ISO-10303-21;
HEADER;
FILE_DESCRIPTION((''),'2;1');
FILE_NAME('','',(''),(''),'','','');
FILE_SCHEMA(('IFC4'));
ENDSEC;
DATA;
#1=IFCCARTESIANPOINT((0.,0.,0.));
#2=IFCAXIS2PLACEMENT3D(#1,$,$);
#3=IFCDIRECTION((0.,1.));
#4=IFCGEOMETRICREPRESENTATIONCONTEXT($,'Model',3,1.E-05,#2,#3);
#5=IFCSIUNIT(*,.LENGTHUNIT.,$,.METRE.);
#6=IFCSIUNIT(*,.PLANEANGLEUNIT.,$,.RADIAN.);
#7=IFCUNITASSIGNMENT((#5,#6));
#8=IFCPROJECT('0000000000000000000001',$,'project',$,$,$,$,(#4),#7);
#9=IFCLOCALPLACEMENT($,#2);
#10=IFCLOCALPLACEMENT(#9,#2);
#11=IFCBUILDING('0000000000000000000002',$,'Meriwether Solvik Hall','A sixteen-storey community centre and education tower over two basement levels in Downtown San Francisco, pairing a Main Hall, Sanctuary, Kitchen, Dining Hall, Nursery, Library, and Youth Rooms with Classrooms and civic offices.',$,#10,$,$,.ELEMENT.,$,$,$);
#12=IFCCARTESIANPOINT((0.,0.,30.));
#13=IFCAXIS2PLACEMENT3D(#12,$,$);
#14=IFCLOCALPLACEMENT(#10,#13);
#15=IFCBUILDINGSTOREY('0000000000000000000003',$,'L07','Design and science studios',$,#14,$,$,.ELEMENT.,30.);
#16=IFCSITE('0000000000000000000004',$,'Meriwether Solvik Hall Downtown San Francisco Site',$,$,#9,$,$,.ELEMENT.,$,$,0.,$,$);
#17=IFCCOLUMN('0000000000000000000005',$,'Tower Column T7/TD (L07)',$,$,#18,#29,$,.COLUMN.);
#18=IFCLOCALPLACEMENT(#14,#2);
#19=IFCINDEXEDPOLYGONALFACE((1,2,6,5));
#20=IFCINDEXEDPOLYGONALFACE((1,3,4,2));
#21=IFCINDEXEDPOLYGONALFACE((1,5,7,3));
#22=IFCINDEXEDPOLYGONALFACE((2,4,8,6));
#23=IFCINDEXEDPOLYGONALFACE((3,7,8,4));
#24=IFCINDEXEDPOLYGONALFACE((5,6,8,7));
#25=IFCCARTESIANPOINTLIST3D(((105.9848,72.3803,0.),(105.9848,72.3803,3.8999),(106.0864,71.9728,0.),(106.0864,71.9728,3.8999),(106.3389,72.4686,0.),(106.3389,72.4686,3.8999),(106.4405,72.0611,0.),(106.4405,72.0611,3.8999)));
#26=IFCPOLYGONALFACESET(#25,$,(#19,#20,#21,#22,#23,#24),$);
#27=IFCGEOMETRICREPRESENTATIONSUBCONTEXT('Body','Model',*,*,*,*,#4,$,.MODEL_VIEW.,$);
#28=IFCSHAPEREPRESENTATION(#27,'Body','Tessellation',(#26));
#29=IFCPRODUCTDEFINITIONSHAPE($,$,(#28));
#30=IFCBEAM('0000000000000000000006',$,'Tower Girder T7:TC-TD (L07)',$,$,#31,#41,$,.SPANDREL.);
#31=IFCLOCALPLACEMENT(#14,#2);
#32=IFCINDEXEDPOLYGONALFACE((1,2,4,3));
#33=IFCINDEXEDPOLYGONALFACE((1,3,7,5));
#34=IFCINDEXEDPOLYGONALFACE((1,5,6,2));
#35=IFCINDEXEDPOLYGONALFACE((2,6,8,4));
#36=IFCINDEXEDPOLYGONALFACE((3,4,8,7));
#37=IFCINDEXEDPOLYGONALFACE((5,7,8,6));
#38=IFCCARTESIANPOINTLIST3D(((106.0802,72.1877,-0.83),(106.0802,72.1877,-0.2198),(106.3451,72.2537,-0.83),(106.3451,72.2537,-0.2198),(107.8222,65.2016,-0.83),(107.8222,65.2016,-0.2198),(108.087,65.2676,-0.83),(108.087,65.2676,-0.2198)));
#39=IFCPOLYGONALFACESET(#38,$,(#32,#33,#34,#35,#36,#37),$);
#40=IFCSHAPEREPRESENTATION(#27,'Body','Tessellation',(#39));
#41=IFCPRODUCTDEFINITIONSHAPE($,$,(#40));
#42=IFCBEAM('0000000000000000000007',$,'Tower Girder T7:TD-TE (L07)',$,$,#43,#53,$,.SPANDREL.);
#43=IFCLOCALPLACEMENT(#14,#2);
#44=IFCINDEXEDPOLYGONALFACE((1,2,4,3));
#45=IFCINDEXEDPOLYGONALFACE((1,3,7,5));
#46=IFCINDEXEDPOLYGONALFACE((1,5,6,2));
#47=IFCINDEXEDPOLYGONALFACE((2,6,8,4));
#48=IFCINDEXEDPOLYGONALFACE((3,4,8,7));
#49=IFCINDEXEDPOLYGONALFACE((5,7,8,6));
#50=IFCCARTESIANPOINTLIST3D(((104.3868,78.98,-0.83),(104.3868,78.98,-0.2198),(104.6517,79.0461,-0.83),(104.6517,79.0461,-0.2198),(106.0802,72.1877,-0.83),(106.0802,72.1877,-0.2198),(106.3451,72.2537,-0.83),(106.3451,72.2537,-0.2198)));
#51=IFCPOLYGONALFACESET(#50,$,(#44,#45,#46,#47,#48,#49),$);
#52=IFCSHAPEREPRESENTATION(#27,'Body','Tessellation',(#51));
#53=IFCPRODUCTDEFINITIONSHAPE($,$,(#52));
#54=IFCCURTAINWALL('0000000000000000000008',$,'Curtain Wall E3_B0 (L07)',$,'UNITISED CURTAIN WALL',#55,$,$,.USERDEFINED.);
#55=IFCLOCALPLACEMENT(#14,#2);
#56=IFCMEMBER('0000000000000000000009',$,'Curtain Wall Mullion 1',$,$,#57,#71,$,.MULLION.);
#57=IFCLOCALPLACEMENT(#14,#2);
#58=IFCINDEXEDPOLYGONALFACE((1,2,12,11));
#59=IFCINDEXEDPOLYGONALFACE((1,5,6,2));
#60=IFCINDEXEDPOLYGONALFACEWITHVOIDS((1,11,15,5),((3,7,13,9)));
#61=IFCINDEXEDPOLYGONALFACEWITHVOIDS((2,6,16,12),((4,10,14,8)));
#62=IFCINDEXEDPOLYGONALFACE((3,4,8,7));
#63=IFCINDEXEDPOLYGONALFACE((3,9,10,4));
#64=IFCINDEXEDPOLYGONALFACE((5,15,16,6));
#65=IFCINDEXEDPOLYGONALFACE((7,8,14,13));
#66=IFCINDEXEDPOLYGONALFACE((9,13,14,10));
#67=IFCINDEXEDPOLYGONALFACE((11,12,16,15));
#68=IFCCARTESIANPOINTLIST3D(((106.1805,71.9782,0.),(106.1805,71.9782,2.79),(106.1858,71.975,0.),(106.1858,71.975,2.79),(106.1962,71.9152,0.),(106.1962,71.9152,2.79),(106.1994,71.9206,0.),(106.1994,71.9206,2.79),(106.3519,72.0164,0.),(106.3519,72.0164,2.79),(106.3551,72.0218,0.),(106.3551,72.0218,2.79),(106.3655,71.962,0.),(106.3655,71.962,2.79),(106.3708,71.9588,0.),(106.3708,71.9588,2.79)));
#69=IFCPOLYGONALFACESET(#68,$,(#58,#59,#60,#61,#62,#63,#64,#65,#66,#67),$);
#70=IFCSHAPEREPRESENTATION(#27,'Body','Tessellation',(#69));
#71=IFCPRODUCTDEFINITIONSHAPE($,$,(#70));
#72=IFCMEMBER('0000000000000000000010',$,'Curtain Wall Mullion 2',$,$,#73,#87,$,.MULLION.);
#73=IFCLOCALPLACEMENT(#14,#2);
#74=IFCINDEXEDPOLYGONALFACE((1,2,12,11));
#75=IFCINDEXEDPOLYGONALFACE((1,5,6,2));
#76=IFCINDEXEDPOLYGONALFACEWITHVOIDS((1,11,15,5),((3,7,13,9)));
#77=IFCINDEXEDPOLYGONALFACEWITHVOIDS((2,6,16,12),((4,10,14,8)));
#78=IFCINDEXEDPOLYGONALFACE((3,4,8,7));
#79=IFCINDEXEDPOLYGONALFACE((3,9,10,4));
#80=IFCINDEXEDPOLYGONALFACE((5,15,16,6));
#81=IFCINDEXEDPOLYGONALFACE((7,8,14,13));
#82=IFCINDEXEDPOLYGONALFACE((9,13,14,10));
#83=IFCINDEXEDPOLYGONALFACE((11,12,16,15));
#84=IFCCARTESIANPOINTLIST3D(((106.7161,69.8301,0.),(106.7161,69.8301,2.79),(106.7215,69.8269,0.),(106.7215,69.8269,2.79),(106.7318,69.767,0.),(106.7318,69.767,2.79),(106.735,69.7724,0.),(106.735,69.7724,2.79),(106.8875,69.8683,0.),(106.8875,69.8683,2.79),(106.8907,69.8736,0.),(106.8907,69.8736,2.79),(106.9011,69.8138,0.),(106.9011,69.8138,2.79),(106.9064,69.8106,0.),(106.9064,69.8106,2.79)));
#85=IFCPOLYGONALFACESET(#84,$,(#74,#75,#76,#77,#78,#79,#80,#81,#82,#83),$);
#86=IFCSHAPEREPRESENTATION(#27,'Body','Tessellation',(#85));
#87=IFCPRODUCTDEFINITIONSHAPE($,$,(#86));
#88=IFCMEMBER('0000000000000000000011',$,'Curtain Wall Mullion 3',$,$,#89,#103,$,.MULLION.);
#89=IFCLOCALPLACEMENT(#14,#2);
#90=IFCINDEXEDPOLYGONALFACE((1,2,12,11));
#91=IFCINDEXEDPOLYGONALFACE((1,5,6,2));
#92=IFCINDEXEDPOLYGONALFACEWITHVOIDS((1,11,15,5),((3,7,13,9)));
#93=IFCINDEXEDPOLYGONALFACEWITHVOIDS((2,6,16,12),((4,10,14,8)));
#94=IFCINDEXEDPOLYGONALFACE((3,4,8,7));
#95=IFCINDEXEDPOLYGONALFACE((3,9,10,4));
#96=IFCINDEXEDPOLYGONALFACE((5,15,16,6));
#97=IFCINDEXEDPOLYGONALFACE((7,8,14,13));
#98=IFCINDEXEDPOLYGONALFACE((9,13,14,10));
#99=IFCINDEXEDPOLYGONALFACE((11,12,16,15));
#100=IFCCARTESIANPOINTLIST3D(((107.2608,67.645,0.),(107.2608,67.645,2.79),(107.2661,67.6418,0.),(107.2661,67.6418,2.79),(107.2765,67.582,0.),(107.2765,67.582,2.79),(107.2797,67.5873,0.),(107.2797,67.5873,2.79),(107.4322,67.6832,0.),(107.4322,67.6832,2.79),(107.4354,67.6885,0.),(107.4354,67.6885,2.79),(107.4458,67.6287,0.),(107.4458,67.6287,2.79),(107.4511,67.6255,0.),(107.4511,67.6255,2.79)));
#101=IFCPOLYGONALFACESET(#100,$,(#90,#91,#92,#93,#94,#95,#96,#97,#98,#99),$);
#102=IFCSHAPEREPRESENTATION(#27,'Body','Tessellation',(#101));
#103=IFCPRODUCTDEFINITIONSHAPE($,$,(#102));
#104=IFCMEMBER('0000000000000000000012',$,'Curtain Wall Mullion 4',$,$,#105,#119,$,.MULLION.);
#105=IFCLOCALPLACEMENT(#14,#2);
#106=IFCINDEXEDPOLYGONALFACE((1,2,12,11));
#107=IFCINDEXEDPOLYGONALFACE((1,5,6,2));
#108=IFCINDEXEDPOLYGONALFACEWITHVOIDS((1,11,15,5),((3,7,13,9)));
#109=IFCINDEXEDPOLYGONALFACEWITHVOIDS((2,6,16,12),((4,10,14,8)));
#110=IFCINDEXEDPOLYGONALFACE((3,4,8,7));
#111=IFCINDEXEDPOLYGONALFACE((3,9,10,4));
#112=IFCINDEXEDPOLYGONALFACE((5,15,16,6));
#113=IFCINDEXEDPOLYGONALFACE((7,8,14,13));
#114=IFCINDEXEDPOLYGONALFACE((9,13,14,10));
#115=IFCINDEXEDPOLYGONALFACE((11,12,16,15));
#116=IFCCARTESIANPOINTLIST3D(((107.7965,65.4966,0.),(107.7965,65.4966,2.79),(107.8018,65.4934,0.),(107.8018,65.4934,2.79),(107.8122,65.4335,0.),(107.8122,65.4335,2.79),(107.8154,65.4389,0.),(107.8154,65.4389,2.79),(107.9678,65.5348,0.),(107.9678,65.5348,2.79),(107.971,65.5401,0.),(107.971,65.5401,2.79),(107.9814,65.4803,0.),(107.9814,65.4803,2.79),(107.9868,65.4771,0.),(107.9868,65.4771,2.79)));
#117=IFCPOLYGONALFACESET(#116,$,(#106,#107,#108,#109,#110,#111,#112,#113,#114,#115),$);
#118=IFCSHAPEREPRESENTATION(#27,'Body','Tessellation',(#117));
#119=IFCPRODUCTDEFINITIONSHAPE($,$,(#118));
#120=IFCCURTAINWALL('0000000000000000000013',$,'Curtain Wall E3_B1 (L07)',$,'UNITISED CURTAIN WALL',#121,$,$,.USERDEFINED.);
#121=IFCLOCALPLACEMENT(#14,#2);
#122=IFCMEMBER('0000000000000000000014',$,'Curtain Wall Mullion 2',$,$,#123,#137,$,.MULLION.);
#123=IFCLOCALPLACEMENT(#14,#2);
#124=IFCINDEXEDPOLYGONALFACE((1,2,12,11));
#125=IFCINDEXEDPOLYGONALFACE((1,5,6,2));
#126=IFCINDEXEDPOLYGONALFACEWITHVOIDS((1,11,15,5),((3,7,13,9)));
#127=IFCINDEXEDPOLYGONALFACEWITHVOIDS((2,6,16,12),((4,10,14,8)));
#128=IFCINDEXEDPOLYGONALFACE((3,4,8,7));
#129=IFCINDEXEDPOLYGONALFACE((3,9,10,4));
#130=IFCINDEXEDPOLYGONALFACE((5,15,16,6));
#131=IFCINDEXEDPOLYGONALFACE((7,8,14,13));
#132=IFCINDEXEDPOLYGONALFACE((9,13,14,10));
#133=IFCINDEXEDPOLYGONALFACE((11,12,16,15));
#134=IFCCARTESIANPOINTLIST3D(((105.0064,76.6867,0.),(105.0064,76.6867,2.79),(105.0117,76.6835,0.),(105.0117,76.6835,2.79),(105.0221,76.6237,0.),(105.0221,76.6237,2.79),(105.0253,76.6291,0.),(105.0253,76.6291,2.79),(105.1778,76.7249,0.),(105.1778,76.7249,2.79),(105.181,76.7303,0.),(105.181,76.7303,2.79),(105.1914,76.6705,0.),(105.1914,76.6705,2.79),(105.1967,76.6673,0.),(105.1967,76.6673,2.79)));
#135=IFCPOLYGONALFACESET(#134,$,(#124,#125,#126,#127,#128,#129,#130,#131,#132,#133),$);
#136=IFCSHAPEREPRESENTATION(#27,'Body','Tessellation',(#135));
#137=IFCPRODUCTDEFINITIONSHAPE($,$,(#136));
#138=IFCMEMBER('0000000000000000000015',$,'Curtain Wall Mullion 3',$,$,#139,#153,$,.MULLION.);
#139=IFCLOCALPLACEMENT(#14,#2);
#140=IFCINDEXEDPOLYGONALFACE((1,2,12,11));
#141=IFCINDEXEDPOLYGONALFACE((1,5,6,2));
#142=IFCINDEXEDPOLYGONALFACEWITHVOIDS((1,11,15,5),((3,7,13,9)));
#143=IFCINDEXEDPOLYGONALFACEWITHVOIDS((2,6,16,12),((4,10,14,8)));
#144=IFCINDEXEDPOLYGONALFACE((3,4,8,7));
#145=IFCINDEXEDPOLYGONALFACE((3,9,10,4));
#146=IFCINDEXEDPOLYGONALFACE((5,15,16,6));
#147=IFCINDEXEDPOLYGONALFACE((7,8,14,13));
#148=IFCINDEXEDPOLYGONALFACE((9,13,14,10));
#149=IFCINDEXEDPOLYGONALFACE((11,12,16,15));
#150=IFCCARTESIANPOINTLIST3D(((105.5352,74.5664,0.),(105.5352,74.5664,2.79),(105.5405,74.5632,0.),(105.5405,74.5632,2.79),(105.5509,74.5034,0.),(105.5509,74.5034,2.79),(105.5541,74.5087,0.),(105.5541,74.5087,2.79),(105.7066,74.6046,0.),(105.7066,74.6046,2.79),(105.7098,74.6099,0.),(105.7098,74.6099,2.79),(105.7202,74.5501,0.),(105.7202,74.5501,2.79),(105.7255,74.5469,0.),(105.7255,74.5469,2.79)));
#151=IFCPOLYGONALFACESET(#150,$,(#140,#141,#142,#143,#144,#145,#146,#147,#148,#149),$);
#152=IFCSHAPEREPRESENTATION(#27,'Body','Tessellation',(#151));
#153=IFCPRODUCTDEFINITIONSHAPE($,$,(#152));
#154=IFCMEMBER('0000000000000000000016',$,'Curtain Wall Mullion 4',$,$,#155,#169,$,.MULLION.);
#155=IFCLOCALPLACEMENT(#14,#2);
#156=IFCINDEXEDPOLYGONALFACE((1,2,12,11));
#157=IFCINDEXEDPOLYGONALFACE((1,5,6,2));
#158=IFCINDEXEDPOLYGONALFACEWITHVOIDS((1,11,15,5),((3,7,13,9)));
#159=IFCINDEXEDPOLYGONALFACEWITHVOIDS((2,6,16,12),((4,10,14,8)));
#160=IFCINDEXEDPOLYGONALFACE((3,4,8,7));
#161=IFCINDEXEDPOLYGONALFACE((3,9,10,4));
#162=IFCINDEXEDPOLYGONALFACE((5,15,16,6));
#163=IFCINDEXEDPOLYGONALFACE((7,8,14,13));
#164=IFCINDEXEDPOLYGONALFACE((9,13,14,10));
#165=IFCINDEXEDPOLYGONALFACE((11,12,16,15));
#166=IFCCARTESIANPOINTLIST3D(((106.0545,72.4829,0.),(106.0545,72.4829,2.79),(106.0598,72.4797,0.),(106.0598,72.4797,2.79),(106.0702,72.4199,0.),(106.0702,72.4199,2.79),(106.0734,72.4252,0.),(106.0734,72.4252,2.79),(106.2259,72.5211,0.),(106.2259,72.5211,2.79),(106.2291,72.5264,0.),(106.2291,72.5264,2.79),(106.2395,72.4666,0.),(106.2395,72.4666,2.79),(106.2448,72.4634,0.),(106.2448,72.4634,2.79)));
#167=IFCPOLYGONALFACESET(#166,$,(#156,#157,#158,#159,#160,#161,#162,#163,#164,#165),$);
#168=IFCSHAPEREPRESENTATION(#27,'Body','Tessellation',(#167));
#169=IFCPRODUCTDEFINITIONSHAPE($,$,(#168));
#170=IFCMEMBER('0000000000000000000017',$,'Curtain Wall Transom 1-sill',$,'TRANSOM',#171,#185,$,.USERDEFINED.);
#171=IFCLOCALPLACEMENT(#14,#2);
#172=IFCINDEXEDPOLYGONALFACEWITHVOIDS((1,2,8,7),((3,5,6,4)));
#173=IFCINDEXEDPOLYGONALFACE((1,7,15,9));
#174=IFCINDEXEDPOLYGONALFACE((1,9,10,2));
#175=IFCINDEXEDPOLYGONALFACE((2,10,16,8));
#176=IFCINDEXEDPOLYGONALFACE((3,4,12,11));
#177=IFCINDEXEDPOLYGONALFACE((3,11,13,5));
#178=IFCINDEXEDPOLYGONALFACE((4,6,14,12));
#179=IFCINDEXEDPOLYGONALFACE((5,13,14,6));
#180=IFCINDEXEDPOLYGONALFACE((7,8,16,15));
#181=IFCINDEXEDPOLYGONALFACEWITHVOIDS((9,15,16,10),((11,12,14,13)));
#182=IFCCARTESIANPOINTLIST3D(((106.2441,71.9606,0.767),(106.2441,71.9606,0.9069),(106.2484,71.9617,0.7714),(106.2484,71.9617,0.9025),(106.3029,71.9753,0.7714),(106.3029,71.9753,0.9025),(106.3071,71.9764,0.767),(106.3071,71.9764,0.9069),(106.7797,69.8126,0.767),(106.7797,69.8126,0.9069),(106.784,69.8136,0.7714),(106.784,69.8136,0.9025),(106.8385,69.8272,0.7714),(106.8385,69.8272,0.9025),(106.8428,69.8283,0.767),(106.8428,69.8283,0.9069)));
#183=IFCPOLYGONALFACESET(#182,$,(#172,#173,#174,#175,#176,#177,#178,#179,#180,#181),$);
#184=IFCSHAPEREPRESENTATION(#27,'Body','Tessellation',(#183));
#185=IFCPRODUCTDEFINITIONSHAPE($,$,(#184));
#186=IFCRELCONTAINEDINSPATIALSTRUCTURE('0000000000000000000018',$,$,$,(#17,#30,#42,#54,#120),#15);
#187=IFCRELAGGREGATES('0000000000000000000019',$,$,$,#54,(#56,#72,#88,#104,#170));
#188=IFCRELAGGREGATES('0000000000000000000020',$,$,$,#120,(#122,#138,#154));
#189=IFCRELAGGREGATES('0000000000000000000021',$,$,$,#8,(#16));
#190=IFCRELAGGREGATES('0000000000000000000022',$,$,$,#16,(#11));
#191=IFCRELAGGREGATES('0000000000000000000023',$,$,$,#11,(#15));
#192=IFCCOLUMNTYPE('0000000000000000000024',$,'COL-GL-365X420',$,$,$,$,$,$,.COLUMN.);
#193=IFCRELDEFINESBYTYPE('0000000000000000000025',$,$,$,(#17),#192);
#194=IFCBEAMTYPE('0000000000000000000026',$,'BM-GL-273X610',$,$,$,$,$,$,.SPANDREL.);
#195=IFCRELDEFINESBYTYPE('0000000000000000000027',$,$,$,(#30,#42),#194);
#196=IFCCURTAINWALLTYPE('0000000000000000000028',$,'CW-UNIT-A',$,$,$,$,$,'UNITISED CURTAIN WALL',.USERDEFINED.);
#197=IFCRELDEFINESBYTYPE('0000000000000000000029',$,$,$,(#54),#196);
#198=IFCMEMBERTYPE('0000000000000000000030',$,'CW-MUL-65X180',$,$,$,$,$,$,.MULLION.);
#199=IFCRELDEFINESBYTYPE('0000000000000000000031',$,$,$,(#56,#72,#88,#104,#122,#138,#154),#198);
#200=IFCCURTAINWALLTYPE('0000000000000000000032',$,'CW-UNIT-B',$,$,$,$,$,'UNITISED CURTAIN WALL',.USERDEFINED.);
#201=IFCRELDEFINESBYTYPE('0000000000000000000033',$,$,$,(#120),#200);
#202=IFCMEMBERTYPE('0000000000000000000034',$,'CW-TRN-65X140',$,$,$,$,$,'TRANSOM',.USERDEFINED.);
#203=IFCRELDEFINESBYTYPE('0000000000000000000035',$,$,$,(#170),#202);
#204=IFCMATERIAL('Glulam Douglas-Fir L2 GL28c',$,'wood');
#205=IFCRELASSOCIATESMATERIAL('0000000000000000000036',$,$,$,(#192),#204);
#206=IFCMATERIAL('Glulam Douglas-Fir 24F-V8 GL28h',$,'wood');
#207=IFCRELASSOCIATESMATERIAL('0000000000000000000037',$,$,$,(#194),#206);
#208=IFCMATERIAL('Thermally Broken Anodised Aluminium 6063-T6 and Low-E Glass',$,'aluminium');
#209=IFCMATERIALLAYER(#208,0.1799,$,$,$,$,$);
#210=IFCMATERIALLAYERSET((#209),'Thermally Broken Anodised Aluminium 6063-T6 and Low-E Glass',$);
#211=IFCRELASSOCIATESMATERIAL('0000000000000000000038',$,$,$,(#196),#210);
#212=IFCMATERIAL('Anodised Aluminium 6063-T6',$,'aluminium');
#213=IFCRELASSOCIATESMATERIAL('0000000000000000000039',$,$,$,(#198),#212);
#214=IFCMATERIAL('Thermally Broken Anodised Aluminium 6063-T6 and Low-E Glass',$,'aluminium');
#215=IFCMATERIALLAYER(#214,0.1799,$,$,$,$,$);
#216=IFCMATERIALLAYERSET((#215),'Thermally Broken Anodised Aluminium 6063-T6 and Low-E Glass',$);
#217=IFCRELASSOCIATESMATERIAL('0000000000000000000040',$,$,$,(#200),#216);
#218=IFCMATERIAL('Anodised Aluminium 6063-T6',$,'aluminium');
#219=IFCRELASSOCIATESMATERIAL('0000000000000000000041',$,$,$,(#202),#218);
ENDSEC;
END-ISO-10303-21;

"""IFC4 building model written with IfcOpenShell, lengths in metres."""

from ifc_helpers import new_model, si_unit, direction, frame, origin, origin_2d, place, context, subcontext, project, spatial, rectangle, hollow_rectangle, extrude, material, layer, layer_set, material_profile, profile_set, type_object, element, aggregate, save


model = new_model("IFC4")

# Units and contexts
model_context = context("Model", 3, precision=1e-05, world=origin(), true_north=direction((0.0, 1.0)))
body_context = subcontext(model_context, "Body", "Model", "MODEL_VIEW")
ifc_project = project(units=[si_unit("LENGTHUNIT", "METRE"), si_unit("PLANEANGLEUNIT", "RADIAN")], contexts=[model_context])

# Site, building, storey
site_placement = place(None, origin())
site = spatial("IfcSite", under=ifc_project, at=site_placement, Name="Meriwether Solvik Hall Downtown San Francisco Site", CompositionType="ELEMENT", RefElevation=0.0)
building_placement = place(site_placement, origin())
building = spatial("IfcBuilding", under=site, at=building_placement, Name="Meriwether Solvik Hall", Description="A sixteen-storey community centre and education tower over two basement levels in Downtown San Francisco, pairing a Main Hall, Sanctuary, Kitchen, Dining Hall, Nursery, Library, and Youth Rooms with Classrooms and civic offices.", CompositionType="ELEMENT")
storey_placement = place(building_placement, frame((0.0, 0.0, 30.0)))
storey = spatial("IfcBuildingStorey", under=building, at=storey_placement, Name="L07", Description="Design and science studios", CompositionType="ELEMENT", Elevation=30.0)

# Column
ifc_material_1 = material(Name="Glulam Douglas-Fir L2 GL28c", Category="wood")
ifc_material_profile_1 = material_profile(ifc_material_1, rectangle(XDim=0.365, YDim=0.4199, at=origin_2d()), Name="GLC-365X420")
ifc_profile_set_1 = profile_set([ifc_material_profile_1], Name="Glulam Douglas-Fir L2 GL28c")
column_type = type_object("IfcColumnType", Name="COL-GL-365X420", PredefinedType="COLUMN", material=ifc_profile_set_1)
column_placement = place(storey_placement, frame((106.2126, 72.2207, 0.0), z_axis=(0.0, 0.0, 1.0), x_axis=(0.970296, 0.241922, 0.0)))
element("IfcColumn", 1, at=column_placement, inside=storey, type_object=column_type, Name="Tower Column T7/TD (L07)", PredefinedType="COLUMN", context=body_context, shape_type="SweptSolid", body=[
    extrude(rectangle(XDim=0.365, YDim=0.4199, at=origin_2d()), origin(), (0.0, 0.0, 1.0), 3.8999),
])

# Beams
ifc_material_2 = material(Name="Glulam Douglas-Fir 24F-V8 GL28h", Category="wood")
ifc_material_profile_2 = material_profile(ifc_material_2, rectangle(XDim=0.2729, YDim=0.6101, at=origin_2d()), Name="GLB-273X610")
ifc_profile_set_2 = profile_set([ifc_material_profile_2], Name="Glulam Douglas-Fir 24F-V8 GL28h")
beam_type_1 = type_object("IfcBeamType", Name="BM-GL-273X610", PredefinedType="SPANDREL", material=ifc_profile_set_2)
beam_1_placement = place(storey_placement, frame((107.9546, 65.2346, -0.5249), z_axis=(-0.241937, 0.970292, 0.0), x_axis=(-0.970292, -0.241937, 0.0)))
element("IfcBeam", 2, at=beam_1_placement, inside=storey, type_object=beam_type_1, Name="Tower Girder T7:TC-TD (L07)", PredefinedType="SPANDREL", context=body_context, shape_type="SweptSolid", body=[
    extrude(rectangle(XDim=0.2729, YDim=0.6101, at=origin_2d()), origin(), (0.0, 0.0, 1.0), 7.2),
])
beam_2_placement = place(storey_placement, frame((106.2126, 72.2207, -0.5249), z_axis=(-0.241904, 0.9703, 0.0), x_axis=(-0.9703, -0.241904, 0.0)))
element("IfcBeam", 3, at=beam_2_placement, inside=storey, type_object=beam_type_1, Name="Tower Girder T7:TD-TE (L07)", PredefinedType="SPANDREL", context=body_context, shape_type="SweptSolid", body=[
    extrude(rectangle(XDim=0.2729, YDim=0.6101, at=origin_2d()), origin(), (0.0, 0.0, 1.0), 7.0002),
])

# Curtain walls, members
ifc_material_3 = material(Name="Thermally Broken Anodised Aluminium 6063-T6 and Low-E Glass", Category="aluminium")
ifc_layer_1 = layer(ifc_material_3, 0.1799)
ifc_layer_set_1 = layer_set([ifc_layer_1], Name="Thermally Broken Anodised Aluminium 6063-T6 and Low-E Glass")
curtain_wall_type_1 = type_object("IfcCurtainWallType", Name="CW-UNIT-A", ElementType="UNITISED CURTAIN WALL", PredefinedType="USERDEFINED", material=ifc_layer_set_1)
curtain_wall_1_placement = place(storey_placement, origin())
curtain_wall_1 = element("IfcCurtainWall", 4, at=curtain_wall_1_placement, inside=storey, type_object=curtain_wall_type_1, Name="Curtain Wall E3_B0 (L07)", ObjectType="UNITISED CURTAIN WALL", PredefinedType="USERDEFINED")
ifc_material_4 = material(Name="Anodised Aluminium 6063-T6", Category="aluminium")
ifc_material_profile_3 = material_profile(ifc_material_4, hollow_rectangle(XDim=0.0649, YDim=0.1799, WallThickness=0.0044, at=origin_2d()), Name="CWM-65X180")
ifc_profile_set_3 = profile_set([ifc_material_profile_3], Name="Anodised Aluminium 6063-T6")
member_type_1 = type_object("IfcMemberType", Name="CW-MUL-65X180", PredefinedType="MULLION", material=ifc_profile_set_3)
member_1_placement = place(storey_placement, frame((106.2756, 71.9685, 0.0), z_axis=(0.0, 0.0, 1.0), x_axis=(0.241922, -0.970296, 0.0)))
member_1 = element("IfcMember", 5, at=member_1_placement, type_object=member_type_1, Name="Curtain Wall Mullion 1", PredefinedType="MULLION", context=body_context, shape_type="SweptSolid", body=[
    extrude(hollow_rectangle(XDim=0.0649, YDim=0.1799, WallThickness=0.0044, at=origin_2d()), origin(), (0.0, 0.0, 1.0), 2.79),
])
member_2_placement = place(storey_placement, frame((106.8113, 69.8203, 0.0), z_axis=(0.0, 0.0, 1.0), x_axis=(0.241922, -0.970296, 0.0)))
member_2 = element("IfcMember", 6, at=member_2_placement, type_object=member_type_1, Name="Curtain Wall Mullion 2", PredefinedType="MULLION", context=body_context, shape_type="SweptSolid", body=[
    extrude(hollow_rectangle(XDim=0.0649, YDim=0.1799, WallThickness=0.0044, at=origin_2d()), origin(), (0.0, 0.0, 1.0), 2.79),
])
member_3_placement = place(storey_placement, frame((107.356, 67.6353, 0.0), z_axis=(0.0, 0.0, 1.0), x_axis=(0.241922, -0.970296, 0.0)))
member_3 = element("IfcMember", 7, at=member_3_placement, type_object=member_type_1, Name="Curtain Wall Mullion 3", PredefinedType="MULLION", context=body_context, shape_type="SweptSolid", body=[
    extrude(hollow_rectangle(XDim=0.0649, YDim=0.1799, WallThickness=0.0044, at=origin_2d()), origin(), (0.0, 0.0, 1.0), 2.79),
])
member_4_placement = place(storey_placement, frame((107.8916, 65.4868, 0.0), z_axis=(0.0, 0.0, 1.0), x_axis=(0.241922, -0.970296, 0.0)))
member_4 = element("IfcMember", 8, at=member_4_placement, type_object=member_type_1, Name="Curtain Wall Mullion 4", PredefinedType="MULLION", context=body_context, shape_type="SweptSolid", body=[
    extrude(hollow_rectangle(XDim=0.0649, YDim=0.1799, WallThickness=0.0044, at=origin_2d()), origin(), (0.0, 0.0, 1.0), 2.79),
])
ifc_material_5 = material(Name="Thermally Broken Anodised Aluminium 6063-T6 and Low-E Glass", Category="aluminium")
ifc_layer_2 = layer(ifc_material_5, 0.1799)
ifc_layer_set_2 = layer_set([ifc_layer_2], Name="Thermally Broken Anodised Aluminium 6063-T6 and Low-E Glass")
curtain_wall_type_2 = type_object("IfcCurtainWallType", Name="CW-UNIT-B", ElementType="UNITISED CURTAIN WALL", PredefinedType="USERDEFINED", material=ifc_layer_set_2)
curtain_wall_2_placement = place(storey_placement, origin())
curtain_wall_2 = element("IfcCurtainWall", 9, at=curtain_wall_2_placement, inside=storey, type_object=curtain_wall_type_2, Name="Curtain Wall E3_B1 (L07)", ObjectType="UNITISED CURTAIN WALL", PredefinedType="USERDEFINED")
member_5_placement = place(storey_placement, frame((105.1016, 76.677, 0.0), z_axis=(0.0, 0.0, 1.0), x_axis=(0.241922, -0.970296, 0.0)))
member_5 = element("IfcMember", 10, at=member_5_placement, type_object=member_type_1, Name="Curtain Wall Mullion 2", PredefinedType="MULLION", context=body_context, shape_type="SweptSolid", body=[
    extrude(hollow_rectangle(XDim=0.0649, YDim=0.1799, WallThickness=0.0044, at=origin_2d()), origin(), (0.0, 0.0, 1.0), 2.79),
])
member_6_placement = place(storey_placement, frame((105.6304, 74.5566, 0.0), z_axis=(0.0, 0.0, 1.0), x_axis=(0.241922, -0.970296, 0.0)))
member_6 = element("IfcMember", 11, at=member_6_placement, type_object=member_type_1, Name="Curtain Wall Mullion 3", PredefinedType="MULLION", context=body_context, shape_type="SweptSolid", body=[
    extrude(hollow_rectangle(XDim=0.0649, YDim=0.1799, WallThickness=0.0044, at=origin_2d()), origin(), (0.0, 0.0, 1.0), 2.79),
])
member_7_placement = place(storey_placement, frame((106.1497, 72.4731, 0.0), z_axis=(0.0, 0.0, 1.0), x_axis=(0.241922, -0.970296, 0.0)))
member_7 = element("IfcMember", 12, at=member_7_placement, type_object=member_type_1, Name="Curtain Wall Mullion 4", PredefinedType="MULLION", context=body_context, shape_type="SweptSolid", body=[
    extrude(hollow_rectangle(XDim=0.0649, YDim=0.1799, WallThickness=0.0044, at=origin_2d()), origin(), (0.0, 0.0, 1.0), 2.79),
])

# Member
ifc_material_6 = material(Name="Anodised Aluminium 6063-T6", Category="aluminium")
ifc_material_profile_4 = material_profile(ifc_material_6, hollow_rectangle(XDim=0.0649, YDim=0.1399, WallThickness=0.0044, at=origin_2d()), Name="CWT-65X140")
ifc_profile_set_4 = profile_set([ifc_material_profile_4], Name="Anodised Aluminium 6063-T6")
member_type_2 = type_object("IfcMemberType", Name="CW-TRN-65X140", ElementType="TRANSOM", PredefinedType="USERDEFINED", material=ifc_profile_set_4)
member_8_placement = place(storey_placement, frame((106.2756, 71.9685, 0.8369), z_axis=(0.241939, -0.970292, 0.0), x_axis=(0.970292, 0.241939, 0.0)))
member_8 = element("IfcMember", 13, at=member_8_placement, type_object=member_type_2, Name="Curtain Wall Transom 1-sill", ObjectType="TRANSOM", PredefinedType="USERDEFINED", context=body_context, shape_type="SweptSolid", body=[
    extrude(hollow_rectangle(XDim=0.0649, YDim=0.1399, WallThickness=0.0044, at=origin_2d()), origin(), (0.0, 0.0, 1.0), 2.2139),
])

aggregate(curtain_wall_1, [member_1, member_2, member_3, member_4, member_8])
aggregate(curtain_wall_2, [member_5, member_6, member_7])

save(model, "model.ifc")
